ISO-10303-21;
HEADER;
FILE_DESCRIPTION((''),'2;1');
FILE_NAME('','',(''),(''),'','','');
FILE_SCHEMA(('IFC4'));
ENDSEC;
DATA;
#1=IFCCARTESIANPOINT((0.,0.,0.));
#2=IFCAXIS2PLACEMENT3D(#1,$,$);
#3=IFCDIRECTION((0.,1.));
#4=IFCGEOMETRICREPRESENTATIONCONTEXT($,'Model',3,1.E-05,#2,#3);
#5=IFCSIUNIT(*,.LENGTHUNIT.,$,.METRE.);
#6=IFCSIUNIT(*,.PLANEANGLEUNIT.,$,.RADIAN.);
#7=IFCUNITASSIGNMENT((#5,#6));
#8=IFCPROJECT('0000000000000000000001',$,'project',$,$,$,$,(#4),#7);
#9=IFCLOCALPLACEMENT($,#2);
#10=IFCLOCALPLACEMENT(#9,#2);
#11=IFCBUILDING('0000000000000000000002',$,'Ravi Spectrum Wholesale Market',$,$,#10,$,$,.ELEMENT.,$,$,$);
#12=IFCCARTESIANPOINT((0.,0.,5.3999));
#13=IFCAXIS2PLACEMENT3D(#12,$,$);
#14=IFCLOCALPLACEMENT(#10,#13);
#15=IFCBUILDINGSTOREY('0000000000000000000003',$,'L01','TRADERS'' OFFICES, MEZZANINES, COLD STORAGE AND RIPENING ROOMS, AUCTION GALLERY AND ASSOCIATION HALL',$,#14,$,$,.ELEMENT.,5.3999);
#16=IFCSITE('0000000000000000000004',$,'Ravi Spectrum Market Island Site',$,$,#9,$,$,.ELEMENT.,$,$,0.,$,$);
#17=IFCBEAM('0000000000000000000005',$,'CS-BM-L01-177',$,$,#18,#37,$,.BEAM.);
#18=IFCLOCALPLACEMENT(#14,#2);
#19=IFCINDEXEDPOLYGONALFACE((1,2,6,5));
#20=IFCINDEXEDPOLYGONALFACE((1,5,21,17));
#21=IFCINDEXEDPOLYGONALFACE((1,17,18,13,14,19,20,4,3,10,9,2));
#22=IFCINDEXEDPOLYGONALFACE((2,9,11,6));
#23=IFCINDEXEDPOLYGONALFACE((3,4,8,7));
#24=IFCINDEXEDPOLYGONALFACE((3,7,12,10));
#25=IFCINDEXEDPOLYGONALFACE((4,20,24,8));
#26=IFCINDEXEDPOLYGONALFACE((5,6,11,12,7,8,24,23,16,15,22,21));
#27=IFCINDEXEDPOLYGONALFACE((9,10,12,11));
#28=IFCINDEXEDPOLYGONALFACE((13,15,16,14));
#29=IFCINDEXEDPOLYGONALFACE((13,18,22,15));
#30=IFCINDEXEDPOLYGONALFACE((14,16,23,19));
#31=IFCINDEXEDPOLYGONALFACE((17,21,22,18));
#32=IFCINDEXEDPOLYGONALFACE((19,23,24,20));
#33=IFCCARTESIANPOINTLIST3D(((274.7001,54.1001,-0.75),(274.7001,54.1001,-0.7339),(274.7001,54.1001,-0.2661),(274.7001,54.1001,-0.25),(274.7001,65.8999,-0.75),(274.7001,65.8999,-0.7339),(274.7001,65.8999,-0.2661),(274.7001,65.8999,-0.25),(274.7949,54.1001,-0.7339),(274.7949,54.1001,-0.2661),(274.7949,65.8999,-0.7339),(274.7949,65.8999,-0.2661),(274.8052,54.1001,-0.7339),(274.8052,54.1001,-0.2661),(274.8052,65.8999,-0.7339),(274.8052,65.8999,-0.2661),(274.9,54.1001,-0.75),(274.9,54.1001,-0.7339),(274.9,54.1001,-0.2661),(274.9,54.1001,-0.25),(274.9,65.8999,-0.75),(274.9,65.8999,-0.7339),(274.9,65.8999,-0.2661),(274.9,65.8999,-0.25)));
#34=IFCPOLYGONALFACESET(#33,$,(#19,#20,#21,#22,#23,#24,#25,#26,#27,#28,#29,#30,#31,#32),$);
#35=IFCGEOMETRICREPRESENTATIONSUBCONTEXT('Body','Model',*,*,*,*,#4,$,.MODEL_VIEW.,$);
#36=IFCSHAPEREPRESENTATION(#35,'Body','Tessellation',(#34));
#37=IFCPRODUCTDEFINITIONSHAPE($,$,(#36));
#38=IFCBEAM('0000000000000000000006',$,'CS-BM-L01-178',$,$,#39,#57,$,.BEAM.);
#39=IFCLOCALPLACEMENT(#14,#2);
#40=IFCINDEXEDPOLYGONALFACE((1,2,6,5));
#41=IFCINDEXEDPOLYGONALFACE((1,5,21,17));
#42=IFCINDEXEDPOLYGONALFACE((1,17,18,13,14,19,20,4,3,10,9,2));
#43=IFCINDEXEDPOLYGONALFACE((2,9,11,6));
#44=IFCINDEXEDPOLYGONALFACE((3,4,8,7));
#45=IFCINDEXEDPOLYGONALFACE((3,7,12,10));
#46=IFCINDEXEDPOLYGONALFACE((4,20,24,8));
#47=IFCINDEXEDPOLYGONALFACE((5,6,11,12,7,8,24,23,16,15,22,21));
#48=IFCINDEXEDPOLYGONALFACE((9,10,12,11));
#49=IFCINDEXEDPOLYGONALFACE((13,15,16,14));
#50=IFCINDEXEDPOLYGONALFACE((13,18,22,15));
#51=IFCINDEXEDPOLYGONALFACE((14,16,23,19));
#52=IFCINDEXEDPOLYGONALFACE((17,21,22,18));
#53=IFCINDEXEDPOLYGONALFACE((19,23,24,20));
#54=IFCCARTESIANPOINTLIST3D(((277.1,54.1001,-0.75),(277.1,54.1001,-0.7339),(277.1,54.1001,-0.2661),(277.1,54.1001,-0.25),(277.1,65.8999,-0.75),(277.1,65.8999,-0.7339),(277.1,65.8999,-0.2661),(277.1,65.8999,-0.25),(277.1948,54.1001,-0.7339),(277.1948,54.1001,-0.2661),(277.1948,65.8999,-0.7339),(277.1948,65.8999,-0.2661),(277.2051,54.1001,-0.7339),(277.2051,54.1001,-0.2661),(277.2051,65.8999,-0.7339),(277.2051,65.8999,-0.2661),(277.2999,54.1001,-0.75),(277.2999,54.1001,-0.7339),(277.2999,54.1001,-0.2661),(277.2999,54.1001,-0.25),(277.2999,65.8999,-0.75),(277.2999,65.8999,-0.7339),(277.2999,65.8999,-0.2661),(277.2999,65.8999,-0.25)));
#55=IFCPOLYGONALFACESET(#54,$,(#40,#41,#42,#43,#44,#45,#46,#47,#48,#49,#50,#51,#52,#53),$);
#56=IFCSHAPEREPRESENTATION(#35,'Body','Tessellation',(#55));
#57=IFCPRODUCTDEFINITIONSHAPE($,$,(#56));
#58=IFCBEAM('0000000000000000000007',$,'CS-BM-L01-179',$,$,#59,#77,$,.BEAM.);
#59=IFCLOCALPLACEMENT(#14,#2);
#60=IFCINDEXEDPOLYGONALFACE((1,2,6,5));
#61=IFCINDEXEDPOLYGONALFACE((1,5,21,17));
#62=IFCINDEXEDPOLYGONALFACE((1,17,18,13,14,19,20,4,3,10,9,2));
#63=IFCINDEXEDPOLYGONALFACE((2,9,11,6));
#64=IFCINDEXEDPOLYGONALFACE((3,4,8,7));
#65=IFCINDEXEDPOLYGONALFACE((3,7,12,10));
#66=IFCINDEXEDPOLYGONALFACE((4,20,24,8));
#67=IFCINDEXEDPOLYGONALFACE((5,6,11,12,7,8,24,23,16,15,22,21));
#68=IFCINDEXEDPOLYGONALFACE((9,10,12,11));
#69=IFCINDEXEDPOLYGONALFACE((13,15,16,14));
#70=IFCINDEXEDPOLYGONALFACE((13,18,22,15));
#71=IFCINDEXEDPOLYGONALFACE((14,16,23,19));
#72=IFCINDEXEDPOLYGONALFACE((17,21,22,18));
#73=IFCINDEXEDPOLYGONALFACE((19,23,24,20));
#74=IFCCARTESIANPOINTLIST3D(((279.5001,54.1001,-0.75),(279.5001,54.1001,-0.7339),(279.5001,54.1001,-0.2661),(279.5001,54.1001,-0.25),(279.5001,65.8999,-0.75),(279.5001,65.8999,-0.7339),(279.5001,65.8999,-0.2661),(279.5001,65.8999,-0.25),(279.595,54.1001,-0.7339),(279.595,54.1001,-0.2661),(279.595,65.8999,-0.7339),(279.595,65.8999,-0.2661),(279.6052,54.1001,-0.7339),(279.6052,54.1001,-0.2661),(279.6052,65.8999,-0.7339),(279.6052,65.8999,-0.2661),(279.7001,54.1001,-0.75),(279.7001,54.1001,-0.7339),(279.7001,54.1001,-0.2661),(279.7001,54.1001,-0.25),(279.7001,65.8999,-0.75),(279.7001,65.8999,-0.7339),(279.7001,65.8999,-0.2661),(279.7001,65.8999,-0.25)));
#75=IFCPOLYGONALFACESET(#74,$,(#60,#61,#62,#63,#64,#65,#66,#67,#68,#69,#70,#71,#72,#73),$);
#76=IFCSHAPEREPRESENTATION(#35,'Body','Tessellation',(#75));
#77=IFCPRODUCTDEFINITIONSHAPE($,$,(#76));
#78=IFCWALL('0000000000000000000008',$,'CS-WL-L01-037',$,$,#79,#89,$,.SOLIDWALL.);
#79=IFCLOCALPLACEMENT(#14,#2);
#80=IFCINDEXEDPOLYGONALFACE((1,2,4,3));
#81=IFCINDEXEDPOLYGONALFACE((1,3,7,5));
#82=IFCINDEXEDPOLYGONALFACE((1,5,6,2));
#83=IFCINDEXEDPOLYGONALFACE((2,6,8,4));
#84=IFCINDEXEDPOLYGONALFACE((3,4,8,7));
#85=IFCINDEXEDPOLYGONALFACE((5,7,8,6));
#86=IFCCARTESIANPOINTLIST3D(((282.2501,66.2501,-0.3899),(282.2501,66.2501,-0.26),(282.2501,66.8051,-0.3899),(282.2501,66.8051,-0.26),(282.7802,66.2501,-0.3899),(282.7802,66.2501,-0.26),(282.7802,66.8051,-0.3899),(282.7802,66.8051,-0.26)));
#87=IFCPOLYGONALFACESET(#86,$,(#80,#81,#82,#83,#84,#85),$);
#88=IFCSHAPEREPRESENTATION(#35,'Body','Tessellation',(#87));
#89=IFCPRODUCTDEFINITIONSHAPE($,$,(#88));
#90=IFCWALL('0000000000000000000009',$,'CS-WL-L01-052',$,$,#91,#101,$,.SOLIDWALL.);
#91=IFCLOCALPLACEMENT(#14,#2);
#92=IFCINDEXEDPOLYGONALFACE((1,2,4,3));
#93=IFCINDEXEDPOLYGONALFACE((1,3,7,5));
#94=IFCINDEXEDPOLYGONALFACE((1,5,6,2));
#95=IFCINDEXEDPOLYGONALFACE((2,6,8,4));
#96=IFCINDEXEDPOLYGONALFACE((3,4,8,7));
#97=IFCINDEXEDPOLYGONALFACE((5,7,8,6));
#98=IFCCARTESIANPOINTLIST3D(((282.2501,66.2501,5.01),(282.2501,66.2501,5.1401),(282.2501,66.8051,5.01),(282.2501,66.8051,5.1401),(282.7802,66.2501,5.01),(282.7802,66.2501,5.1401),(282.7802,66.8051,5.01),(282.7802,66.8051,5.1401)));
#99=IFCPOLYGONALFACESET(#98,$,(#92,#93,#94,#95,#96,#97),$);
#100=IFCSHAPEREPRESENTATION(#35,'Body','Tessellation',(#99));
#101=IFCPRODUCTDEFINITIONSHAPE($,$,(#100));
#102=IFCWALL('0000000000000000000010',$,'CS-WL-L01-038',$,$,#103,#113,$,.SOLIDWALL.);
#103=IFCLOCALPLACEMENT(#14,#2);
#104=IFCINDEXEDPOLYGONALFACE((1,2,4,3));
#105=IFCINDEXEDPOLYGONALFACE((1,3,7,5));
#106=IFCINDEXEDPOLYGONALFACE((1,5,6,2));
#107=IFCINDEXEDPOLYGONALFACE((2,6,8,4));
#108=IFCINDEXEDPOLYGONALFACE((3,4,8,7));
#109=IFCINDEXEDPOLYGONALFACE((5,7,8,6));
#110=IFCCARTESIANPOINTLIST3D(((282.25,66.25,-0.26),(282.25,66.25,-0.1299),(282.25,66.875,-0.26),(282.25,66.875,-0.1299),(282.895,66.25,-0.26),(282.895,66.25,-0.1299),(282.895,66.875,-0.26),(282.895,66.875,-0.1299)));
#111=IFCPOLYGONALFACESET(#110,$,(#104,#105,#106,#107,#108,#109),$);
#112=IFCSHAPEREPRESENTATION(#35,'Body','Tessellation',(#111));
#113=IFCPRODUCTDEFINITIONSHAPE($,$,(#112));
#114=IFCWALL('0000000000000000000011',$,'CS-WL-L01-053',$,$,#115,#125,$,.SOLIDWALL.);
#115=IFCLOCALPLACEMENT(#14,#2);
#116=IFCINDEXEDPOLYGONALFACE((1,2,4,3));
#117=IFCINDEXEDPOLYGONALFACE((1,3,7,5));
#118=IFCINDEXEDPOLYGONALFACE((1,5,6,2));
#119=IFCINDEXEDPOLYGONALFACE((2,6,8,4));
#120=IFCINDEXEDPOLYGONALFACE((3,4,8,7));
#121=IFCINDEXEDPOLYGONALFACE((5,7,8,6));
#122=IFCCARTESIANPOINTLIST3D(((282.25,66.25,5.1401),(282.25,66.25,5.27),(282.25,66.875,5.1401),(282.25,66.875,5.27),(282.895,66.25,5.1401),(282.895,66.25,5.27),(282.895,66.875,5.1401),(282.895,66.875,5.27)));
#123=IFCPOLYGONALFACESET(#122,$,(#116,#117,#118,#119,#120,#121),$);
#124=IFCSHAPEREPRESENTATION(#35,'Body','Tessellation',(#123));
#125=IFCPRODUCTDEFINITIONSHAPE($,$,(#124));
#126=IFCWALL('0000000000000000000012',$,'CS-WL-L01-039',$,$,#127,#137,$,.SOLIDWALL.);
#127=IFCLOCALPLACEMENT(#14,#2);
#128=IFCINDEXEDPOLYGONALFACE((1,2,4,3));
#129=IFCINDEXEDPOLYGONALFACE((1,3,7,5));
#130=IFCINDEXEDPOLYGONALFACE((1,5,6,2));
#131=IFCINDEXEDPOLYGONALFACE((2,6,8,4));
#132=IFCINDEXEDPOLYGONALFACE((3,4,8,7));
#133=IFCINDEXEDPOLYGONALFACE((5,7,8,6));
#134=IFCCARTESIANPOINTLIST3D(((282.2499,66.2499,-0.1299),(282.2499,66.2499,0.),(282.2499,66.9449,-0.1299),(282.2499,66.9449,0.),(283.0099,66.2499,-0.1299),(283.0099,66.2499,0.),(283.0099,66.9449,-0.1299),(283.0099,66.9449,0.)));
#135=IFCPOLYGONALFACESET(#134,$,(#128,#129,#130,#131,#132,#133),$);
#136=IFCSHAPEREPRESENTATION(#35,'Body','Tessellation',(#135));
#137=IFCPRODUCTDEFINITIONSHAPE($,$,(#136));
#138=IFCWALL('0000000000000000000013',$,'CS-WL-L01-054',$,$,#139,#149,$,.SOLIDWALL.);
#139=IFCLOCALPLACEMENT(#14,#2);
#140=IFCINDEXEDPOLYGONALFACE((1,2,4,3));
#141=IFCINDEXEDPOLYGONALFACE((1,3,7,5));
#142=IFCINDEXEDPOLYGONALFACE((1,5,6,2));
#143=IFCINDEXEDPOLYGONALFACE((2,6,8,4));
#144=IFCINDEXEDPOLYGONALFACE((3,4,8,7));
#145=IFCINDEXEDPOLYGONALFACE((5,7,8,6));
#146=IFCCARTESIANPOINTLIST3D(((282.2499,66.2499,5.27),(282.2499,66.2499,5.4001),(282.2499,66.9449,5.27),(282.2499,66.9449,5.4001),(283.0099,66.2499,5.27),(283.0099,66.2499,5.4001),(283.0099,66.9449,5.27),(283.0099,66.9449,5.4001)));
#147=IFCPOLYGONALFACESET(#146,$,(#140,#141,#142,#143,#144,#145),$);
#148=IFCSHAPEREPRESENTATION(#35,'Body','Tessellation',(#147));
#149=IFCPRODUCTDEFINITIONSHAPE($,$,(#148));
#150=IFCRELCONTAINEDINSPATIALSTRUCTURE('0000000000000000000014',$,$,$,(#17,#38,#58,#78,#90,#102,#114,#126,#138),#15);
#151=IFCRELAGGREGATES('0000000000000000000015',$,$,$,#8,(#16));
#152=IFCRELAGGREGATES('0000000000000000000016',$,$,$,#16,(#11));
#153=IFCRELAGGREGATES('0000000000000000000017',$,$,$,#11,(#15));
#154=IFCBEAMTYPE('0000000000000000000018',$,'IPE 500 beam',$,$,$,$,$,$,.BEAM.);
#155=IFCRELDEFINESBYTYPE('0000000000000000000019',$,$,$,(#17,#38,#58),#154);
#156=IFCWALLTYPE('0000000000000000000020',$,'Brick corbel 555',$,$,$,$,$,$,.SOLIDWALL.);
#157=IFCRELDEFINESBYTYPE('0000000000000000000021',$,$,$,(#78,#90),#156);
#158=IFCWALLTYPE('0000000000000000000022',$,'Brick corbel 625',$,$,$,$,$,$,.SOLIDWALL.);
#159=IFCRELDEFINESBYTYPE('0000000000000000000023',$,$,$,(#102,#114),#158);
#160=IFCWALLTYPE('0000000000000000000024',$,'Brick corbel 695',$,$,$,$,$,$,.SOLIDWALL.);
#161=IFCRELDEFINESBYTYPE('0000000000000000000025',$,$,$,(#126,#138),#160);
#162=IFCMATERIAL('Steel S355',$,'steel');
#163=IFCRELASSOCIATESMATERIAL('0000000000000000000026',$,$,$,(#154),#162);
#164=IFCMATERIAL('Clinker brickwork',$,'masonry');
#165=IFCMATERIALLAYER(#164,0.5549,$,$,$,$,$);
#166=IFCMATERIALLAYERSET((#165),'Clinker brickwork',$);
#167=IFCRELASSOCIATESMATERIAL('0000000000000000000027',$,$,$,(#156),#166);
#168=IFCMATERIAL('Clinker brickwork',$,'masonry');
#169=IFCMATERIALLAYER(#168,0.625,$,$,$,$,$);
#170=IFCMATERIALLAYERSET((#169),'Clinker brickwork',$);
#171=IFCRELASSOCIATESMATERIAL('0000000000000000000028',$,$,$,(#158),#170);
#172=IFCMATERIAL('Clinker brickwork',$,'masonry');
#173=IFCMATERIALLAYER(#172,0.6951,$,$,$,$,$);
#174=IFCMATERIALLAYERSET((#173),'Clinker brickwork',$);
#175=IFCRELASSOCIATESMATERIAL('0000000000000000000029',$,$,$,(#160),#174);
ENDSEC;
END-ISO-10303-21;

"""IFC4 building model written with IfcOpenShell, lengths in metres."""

from ifc_helpers import new_model, si_unit, direction, frame, frame_2d, origin, origin_2d, place, context, subcontext, project, spatial, rectangle, i_section, extrude, material, layer, layer_set, material_profile, profile_set, type_object, element, save


model = new_model("IFC4")

# Units and contexts
model_context = context("Model", 3, precision=1e-05, world=origin(), true_north=direction((0.0, 1.0)))
body_context = subcontext(model_context, "Body", "Model", "MODEL_VIEW")
ifc_project = project(units=[si_unit("LENGTHUNIT", "METRE"), si_unit("PLANEANGLEUNIT", "RADIAN")], contexts=[model_context])

# Site, building, storey
site_placement = place(None, origin())
site = spatial("IfcSite", under=ifc_project, at=site_placement, Name="Ravi Spectrum Market Island Site", CompositionType="ELEMENT", RefElevation=0.0)
building_placement = place(site_placement, origin())
building = spatial("IfcBuilding", under=site, at=building_placement, Name="Ravi Spectrum Wholesale Market", CompositionType="ELEMENT")
storey_placement = place(building_placement, frame((0.0, 0.0, 5.3999)))
storey = spatial("IfcBuildingStorey", under=building, at=storey_placement, Name="L01", Description="TRADERS' OFFICES, MEZZANINES, COLD STORAGE AND RIPENING ROOMS, AUCTION GALLERY AND ASSOCIATION HALL", CompositionType="ELEMENT", Elevation=5.3999)

# Beams
ifc_material_1 = material(Name="Steel S355", Category="steel")
ifc_material_profile_1 = material_profile(ifc_material_1, i_section(OverallWidth=0.2, OverallDepth=0.5, WebThickness=0.0103, FlangeThickness=0.0161, at=origin_2d()))
ifc_profile_set_1 = profile_set([ifc_material_profile_1], Name="Steel S355")
beam_type_1 = type_object("IfcBeamType", Name="IPE 500 beam", PredefinedType="BEAM", material=ifc_profile_set_1)
for number, where, z_axis, x_axis, name in (
    (1, (274.8, 54.1001, -0.5), (0.0, 1.0, 0.0), (-1.0, 0.0, 0.0), "CS-BM-L01-177"),
    (2, (277.2, 54.1001, -0.5), (0.0, 1.0, 0.0), (-1.0, 0.0, 0.0), "CS-BM-L01-178"),
    (3, (279.6001, 54.1001, -0.5), (0.0, 1.0, 0.0), (-1.0, 0.0, 0.0), "CS-BM-L01-179"),
):
    element("IfcBeam", number, at=place(storey_placement, frame(where, z_axis=z_axis, x_axis=x_axis)), inside=storey, type_object=beam_type_1, Name=name, PredefinedType="BEAM", context=body_context, shape_type="SweptSolid", body=[
        extrude(i_section(OverallWidth=0.2, OverallDepth=0.5, WebThickness=0.0103, FlangeThickness=0.0161, at=origin_2d()), origin(), (0.0, 0.0, 1.0), 11.7998),
    ])

# Walls
ifc_material_2 = material(Name="Clinker brickwork", Category="masonry")
ifc_layer_1 = layer(ifc_material_2, 0.5549)
ifc_layer_set_1 = layer_set([ifc_layer_1], Name="Clinker brickwork")
wall_type_1 = type_object("IfcWallType", Name="Brick corbel 555", PredefinedType="SOLIDWALL", material=ifc_layer_set_1)
wall_1_placement = place(storey_placement, frame((282.25, 66.5276, -0.3899), z_axis=(0.0, 0.0, 1.0), x_axis=(1.0, 0.0, 0.0)))
element("IfcWall", 4, at=wall_1_placement, inside=storey, type_object=wall_type_1, Name="CS-WL-L01-037", PredefinedType="SOLIDWALL", context=body_context, shape_type="SweptSolid", body=[
    extrude(rectangle(XDim=0.53, YDim=0.5549, at=frame_2d((0.2651, 0.0))), origin(), (0.0, 0.0, 1.0), 0.1299),
])
wall_2_placement = place(storey_placement, frame((282.25, 66.5276, 5.01), z_axis=(0.0, 0.0, 1.0), x_axis=(1.0, 0.0, 0.0)))
element("IfcWall", 5, at=wall_2_placement, inside=storey, type_object=wall_type_1, Name="CS-WL-L01-052", PredefinedType="SOLIDWALL", context=body_context, shape_type="SweptSolid", body=[
    extrude(rectangle(XDim=0.53, YDim=0.5549, at=frame_2d((0.2651, 0.0))), origin(), (0.0, 0.0, 1.0), 0.1301),
])
ifc_material_3 = material(Name="Clinker brickwork", Category="masonry")
ifc_layer_2 = layer(ifc_material_3, 0.625)
ifc_layer_set_2 = layer_set([ifc_layer_2], Name="Clinker brickwork")
wall_type_2 = type_object("IfcWallType", Name="Brick corbel 625", PredefinedType="SOLIDWALL", material=ifc_layer_set_2)
wall_3_placement = place(storey_placement, frame((282.25, 66.5625, -0.26), z_axis=(0.0, 0.0, 1.0), x_axis=(1.0, 0.0, 0.0)))
element("IfcWall", 6, at=wall_3_placement, inside=storey, type_object=wall_type_2, Name="CS-WL-L01-038", PredefinedType="SOLIDWALL", context=body_context, shape_type="SweptSolid", body=[
    extrude(rectangle(XDim=0.645, YDim=0.625, at=frame_2d((0.3225, 0.0))), origin(), (0.0, 0.0, 1.0), 0.1301),
])
wall_4_placement = place(storey_placement, frame((282.25, 66.5625, 5.1401), z_axis=(0.0, 0.0, 1.0), x_axis=(1.0, 0.0, 0.0)))
element("IfcWall", 7, at=wall_4_placement, inside=storey, type_object=wall_type_2, Name="CS-WL-L01-053", PredefinedType="SOLIDWALL", context=body_context, shape_type="SweptSolid", body=[
    extrude(rectangle(XDim=0.645, YDim=0.625, at=frame_2d((0.3225, 0.0))), origin(), (0.0, 0.0, 1.0), 0.1299),
])
ifc_material_4 = material(Name="Clinker brickwork", Category="masonry")
ifc_layer_3 = layer(ifc_material_4, 0.6951)
ifc_layer_set_3 = layer_set([ifc_layer_3], Name="Clinker brickwork")
wall_type_3 = type_object("IfcWallType", Name="Brick corbel 695", PredefinedType="SOLIDWALL", material=ifc_layer_set_3)
wall_5_placement = place(storey_placement, frame((282.25, 66.5974, -0.1299), z_axis=(0.0, 0.0, 1.0), x_axis=(1.0, 0.0, 0.0)))
element("IfcWall", 8, at=wall_5_placement, inside=storey, type_object=wall_type_3, Name="CS-WL-L01-039", PredefinedType="SOLIDWALL", context=body_context, shape_type="SweptSolid", body=[
    extrude(rectangle(XDim=0.76, YDim=0.6951, at=frame_2d((0.3799, 0.0))), origin(), (0.0, 0.0, 1.0), 0.1299),
])
wall_6_placement = place(storey_placement, frame((282.25, 66.5974, 5.27), z_axis=(0.0, 0.0, 1.0), x_axis=(1.0, 0.0, 0.0)))
element("IfcWall", 9, at=wall_6_placement, inside=storey, type_object=wall_type_3, Name="CS-WL-L01-054", PredefinedType="SOLIDWALL", context=body_context, shape_type="SweptSolid", body=[
    extrude(rectangle(XDim=0.76, YDim=0.6951, at=frame_2d((0.3799, 0.0))), origin(), (0.0, 0.0, 1.0), 0.1301),
])

save(model, "model.ifc")
